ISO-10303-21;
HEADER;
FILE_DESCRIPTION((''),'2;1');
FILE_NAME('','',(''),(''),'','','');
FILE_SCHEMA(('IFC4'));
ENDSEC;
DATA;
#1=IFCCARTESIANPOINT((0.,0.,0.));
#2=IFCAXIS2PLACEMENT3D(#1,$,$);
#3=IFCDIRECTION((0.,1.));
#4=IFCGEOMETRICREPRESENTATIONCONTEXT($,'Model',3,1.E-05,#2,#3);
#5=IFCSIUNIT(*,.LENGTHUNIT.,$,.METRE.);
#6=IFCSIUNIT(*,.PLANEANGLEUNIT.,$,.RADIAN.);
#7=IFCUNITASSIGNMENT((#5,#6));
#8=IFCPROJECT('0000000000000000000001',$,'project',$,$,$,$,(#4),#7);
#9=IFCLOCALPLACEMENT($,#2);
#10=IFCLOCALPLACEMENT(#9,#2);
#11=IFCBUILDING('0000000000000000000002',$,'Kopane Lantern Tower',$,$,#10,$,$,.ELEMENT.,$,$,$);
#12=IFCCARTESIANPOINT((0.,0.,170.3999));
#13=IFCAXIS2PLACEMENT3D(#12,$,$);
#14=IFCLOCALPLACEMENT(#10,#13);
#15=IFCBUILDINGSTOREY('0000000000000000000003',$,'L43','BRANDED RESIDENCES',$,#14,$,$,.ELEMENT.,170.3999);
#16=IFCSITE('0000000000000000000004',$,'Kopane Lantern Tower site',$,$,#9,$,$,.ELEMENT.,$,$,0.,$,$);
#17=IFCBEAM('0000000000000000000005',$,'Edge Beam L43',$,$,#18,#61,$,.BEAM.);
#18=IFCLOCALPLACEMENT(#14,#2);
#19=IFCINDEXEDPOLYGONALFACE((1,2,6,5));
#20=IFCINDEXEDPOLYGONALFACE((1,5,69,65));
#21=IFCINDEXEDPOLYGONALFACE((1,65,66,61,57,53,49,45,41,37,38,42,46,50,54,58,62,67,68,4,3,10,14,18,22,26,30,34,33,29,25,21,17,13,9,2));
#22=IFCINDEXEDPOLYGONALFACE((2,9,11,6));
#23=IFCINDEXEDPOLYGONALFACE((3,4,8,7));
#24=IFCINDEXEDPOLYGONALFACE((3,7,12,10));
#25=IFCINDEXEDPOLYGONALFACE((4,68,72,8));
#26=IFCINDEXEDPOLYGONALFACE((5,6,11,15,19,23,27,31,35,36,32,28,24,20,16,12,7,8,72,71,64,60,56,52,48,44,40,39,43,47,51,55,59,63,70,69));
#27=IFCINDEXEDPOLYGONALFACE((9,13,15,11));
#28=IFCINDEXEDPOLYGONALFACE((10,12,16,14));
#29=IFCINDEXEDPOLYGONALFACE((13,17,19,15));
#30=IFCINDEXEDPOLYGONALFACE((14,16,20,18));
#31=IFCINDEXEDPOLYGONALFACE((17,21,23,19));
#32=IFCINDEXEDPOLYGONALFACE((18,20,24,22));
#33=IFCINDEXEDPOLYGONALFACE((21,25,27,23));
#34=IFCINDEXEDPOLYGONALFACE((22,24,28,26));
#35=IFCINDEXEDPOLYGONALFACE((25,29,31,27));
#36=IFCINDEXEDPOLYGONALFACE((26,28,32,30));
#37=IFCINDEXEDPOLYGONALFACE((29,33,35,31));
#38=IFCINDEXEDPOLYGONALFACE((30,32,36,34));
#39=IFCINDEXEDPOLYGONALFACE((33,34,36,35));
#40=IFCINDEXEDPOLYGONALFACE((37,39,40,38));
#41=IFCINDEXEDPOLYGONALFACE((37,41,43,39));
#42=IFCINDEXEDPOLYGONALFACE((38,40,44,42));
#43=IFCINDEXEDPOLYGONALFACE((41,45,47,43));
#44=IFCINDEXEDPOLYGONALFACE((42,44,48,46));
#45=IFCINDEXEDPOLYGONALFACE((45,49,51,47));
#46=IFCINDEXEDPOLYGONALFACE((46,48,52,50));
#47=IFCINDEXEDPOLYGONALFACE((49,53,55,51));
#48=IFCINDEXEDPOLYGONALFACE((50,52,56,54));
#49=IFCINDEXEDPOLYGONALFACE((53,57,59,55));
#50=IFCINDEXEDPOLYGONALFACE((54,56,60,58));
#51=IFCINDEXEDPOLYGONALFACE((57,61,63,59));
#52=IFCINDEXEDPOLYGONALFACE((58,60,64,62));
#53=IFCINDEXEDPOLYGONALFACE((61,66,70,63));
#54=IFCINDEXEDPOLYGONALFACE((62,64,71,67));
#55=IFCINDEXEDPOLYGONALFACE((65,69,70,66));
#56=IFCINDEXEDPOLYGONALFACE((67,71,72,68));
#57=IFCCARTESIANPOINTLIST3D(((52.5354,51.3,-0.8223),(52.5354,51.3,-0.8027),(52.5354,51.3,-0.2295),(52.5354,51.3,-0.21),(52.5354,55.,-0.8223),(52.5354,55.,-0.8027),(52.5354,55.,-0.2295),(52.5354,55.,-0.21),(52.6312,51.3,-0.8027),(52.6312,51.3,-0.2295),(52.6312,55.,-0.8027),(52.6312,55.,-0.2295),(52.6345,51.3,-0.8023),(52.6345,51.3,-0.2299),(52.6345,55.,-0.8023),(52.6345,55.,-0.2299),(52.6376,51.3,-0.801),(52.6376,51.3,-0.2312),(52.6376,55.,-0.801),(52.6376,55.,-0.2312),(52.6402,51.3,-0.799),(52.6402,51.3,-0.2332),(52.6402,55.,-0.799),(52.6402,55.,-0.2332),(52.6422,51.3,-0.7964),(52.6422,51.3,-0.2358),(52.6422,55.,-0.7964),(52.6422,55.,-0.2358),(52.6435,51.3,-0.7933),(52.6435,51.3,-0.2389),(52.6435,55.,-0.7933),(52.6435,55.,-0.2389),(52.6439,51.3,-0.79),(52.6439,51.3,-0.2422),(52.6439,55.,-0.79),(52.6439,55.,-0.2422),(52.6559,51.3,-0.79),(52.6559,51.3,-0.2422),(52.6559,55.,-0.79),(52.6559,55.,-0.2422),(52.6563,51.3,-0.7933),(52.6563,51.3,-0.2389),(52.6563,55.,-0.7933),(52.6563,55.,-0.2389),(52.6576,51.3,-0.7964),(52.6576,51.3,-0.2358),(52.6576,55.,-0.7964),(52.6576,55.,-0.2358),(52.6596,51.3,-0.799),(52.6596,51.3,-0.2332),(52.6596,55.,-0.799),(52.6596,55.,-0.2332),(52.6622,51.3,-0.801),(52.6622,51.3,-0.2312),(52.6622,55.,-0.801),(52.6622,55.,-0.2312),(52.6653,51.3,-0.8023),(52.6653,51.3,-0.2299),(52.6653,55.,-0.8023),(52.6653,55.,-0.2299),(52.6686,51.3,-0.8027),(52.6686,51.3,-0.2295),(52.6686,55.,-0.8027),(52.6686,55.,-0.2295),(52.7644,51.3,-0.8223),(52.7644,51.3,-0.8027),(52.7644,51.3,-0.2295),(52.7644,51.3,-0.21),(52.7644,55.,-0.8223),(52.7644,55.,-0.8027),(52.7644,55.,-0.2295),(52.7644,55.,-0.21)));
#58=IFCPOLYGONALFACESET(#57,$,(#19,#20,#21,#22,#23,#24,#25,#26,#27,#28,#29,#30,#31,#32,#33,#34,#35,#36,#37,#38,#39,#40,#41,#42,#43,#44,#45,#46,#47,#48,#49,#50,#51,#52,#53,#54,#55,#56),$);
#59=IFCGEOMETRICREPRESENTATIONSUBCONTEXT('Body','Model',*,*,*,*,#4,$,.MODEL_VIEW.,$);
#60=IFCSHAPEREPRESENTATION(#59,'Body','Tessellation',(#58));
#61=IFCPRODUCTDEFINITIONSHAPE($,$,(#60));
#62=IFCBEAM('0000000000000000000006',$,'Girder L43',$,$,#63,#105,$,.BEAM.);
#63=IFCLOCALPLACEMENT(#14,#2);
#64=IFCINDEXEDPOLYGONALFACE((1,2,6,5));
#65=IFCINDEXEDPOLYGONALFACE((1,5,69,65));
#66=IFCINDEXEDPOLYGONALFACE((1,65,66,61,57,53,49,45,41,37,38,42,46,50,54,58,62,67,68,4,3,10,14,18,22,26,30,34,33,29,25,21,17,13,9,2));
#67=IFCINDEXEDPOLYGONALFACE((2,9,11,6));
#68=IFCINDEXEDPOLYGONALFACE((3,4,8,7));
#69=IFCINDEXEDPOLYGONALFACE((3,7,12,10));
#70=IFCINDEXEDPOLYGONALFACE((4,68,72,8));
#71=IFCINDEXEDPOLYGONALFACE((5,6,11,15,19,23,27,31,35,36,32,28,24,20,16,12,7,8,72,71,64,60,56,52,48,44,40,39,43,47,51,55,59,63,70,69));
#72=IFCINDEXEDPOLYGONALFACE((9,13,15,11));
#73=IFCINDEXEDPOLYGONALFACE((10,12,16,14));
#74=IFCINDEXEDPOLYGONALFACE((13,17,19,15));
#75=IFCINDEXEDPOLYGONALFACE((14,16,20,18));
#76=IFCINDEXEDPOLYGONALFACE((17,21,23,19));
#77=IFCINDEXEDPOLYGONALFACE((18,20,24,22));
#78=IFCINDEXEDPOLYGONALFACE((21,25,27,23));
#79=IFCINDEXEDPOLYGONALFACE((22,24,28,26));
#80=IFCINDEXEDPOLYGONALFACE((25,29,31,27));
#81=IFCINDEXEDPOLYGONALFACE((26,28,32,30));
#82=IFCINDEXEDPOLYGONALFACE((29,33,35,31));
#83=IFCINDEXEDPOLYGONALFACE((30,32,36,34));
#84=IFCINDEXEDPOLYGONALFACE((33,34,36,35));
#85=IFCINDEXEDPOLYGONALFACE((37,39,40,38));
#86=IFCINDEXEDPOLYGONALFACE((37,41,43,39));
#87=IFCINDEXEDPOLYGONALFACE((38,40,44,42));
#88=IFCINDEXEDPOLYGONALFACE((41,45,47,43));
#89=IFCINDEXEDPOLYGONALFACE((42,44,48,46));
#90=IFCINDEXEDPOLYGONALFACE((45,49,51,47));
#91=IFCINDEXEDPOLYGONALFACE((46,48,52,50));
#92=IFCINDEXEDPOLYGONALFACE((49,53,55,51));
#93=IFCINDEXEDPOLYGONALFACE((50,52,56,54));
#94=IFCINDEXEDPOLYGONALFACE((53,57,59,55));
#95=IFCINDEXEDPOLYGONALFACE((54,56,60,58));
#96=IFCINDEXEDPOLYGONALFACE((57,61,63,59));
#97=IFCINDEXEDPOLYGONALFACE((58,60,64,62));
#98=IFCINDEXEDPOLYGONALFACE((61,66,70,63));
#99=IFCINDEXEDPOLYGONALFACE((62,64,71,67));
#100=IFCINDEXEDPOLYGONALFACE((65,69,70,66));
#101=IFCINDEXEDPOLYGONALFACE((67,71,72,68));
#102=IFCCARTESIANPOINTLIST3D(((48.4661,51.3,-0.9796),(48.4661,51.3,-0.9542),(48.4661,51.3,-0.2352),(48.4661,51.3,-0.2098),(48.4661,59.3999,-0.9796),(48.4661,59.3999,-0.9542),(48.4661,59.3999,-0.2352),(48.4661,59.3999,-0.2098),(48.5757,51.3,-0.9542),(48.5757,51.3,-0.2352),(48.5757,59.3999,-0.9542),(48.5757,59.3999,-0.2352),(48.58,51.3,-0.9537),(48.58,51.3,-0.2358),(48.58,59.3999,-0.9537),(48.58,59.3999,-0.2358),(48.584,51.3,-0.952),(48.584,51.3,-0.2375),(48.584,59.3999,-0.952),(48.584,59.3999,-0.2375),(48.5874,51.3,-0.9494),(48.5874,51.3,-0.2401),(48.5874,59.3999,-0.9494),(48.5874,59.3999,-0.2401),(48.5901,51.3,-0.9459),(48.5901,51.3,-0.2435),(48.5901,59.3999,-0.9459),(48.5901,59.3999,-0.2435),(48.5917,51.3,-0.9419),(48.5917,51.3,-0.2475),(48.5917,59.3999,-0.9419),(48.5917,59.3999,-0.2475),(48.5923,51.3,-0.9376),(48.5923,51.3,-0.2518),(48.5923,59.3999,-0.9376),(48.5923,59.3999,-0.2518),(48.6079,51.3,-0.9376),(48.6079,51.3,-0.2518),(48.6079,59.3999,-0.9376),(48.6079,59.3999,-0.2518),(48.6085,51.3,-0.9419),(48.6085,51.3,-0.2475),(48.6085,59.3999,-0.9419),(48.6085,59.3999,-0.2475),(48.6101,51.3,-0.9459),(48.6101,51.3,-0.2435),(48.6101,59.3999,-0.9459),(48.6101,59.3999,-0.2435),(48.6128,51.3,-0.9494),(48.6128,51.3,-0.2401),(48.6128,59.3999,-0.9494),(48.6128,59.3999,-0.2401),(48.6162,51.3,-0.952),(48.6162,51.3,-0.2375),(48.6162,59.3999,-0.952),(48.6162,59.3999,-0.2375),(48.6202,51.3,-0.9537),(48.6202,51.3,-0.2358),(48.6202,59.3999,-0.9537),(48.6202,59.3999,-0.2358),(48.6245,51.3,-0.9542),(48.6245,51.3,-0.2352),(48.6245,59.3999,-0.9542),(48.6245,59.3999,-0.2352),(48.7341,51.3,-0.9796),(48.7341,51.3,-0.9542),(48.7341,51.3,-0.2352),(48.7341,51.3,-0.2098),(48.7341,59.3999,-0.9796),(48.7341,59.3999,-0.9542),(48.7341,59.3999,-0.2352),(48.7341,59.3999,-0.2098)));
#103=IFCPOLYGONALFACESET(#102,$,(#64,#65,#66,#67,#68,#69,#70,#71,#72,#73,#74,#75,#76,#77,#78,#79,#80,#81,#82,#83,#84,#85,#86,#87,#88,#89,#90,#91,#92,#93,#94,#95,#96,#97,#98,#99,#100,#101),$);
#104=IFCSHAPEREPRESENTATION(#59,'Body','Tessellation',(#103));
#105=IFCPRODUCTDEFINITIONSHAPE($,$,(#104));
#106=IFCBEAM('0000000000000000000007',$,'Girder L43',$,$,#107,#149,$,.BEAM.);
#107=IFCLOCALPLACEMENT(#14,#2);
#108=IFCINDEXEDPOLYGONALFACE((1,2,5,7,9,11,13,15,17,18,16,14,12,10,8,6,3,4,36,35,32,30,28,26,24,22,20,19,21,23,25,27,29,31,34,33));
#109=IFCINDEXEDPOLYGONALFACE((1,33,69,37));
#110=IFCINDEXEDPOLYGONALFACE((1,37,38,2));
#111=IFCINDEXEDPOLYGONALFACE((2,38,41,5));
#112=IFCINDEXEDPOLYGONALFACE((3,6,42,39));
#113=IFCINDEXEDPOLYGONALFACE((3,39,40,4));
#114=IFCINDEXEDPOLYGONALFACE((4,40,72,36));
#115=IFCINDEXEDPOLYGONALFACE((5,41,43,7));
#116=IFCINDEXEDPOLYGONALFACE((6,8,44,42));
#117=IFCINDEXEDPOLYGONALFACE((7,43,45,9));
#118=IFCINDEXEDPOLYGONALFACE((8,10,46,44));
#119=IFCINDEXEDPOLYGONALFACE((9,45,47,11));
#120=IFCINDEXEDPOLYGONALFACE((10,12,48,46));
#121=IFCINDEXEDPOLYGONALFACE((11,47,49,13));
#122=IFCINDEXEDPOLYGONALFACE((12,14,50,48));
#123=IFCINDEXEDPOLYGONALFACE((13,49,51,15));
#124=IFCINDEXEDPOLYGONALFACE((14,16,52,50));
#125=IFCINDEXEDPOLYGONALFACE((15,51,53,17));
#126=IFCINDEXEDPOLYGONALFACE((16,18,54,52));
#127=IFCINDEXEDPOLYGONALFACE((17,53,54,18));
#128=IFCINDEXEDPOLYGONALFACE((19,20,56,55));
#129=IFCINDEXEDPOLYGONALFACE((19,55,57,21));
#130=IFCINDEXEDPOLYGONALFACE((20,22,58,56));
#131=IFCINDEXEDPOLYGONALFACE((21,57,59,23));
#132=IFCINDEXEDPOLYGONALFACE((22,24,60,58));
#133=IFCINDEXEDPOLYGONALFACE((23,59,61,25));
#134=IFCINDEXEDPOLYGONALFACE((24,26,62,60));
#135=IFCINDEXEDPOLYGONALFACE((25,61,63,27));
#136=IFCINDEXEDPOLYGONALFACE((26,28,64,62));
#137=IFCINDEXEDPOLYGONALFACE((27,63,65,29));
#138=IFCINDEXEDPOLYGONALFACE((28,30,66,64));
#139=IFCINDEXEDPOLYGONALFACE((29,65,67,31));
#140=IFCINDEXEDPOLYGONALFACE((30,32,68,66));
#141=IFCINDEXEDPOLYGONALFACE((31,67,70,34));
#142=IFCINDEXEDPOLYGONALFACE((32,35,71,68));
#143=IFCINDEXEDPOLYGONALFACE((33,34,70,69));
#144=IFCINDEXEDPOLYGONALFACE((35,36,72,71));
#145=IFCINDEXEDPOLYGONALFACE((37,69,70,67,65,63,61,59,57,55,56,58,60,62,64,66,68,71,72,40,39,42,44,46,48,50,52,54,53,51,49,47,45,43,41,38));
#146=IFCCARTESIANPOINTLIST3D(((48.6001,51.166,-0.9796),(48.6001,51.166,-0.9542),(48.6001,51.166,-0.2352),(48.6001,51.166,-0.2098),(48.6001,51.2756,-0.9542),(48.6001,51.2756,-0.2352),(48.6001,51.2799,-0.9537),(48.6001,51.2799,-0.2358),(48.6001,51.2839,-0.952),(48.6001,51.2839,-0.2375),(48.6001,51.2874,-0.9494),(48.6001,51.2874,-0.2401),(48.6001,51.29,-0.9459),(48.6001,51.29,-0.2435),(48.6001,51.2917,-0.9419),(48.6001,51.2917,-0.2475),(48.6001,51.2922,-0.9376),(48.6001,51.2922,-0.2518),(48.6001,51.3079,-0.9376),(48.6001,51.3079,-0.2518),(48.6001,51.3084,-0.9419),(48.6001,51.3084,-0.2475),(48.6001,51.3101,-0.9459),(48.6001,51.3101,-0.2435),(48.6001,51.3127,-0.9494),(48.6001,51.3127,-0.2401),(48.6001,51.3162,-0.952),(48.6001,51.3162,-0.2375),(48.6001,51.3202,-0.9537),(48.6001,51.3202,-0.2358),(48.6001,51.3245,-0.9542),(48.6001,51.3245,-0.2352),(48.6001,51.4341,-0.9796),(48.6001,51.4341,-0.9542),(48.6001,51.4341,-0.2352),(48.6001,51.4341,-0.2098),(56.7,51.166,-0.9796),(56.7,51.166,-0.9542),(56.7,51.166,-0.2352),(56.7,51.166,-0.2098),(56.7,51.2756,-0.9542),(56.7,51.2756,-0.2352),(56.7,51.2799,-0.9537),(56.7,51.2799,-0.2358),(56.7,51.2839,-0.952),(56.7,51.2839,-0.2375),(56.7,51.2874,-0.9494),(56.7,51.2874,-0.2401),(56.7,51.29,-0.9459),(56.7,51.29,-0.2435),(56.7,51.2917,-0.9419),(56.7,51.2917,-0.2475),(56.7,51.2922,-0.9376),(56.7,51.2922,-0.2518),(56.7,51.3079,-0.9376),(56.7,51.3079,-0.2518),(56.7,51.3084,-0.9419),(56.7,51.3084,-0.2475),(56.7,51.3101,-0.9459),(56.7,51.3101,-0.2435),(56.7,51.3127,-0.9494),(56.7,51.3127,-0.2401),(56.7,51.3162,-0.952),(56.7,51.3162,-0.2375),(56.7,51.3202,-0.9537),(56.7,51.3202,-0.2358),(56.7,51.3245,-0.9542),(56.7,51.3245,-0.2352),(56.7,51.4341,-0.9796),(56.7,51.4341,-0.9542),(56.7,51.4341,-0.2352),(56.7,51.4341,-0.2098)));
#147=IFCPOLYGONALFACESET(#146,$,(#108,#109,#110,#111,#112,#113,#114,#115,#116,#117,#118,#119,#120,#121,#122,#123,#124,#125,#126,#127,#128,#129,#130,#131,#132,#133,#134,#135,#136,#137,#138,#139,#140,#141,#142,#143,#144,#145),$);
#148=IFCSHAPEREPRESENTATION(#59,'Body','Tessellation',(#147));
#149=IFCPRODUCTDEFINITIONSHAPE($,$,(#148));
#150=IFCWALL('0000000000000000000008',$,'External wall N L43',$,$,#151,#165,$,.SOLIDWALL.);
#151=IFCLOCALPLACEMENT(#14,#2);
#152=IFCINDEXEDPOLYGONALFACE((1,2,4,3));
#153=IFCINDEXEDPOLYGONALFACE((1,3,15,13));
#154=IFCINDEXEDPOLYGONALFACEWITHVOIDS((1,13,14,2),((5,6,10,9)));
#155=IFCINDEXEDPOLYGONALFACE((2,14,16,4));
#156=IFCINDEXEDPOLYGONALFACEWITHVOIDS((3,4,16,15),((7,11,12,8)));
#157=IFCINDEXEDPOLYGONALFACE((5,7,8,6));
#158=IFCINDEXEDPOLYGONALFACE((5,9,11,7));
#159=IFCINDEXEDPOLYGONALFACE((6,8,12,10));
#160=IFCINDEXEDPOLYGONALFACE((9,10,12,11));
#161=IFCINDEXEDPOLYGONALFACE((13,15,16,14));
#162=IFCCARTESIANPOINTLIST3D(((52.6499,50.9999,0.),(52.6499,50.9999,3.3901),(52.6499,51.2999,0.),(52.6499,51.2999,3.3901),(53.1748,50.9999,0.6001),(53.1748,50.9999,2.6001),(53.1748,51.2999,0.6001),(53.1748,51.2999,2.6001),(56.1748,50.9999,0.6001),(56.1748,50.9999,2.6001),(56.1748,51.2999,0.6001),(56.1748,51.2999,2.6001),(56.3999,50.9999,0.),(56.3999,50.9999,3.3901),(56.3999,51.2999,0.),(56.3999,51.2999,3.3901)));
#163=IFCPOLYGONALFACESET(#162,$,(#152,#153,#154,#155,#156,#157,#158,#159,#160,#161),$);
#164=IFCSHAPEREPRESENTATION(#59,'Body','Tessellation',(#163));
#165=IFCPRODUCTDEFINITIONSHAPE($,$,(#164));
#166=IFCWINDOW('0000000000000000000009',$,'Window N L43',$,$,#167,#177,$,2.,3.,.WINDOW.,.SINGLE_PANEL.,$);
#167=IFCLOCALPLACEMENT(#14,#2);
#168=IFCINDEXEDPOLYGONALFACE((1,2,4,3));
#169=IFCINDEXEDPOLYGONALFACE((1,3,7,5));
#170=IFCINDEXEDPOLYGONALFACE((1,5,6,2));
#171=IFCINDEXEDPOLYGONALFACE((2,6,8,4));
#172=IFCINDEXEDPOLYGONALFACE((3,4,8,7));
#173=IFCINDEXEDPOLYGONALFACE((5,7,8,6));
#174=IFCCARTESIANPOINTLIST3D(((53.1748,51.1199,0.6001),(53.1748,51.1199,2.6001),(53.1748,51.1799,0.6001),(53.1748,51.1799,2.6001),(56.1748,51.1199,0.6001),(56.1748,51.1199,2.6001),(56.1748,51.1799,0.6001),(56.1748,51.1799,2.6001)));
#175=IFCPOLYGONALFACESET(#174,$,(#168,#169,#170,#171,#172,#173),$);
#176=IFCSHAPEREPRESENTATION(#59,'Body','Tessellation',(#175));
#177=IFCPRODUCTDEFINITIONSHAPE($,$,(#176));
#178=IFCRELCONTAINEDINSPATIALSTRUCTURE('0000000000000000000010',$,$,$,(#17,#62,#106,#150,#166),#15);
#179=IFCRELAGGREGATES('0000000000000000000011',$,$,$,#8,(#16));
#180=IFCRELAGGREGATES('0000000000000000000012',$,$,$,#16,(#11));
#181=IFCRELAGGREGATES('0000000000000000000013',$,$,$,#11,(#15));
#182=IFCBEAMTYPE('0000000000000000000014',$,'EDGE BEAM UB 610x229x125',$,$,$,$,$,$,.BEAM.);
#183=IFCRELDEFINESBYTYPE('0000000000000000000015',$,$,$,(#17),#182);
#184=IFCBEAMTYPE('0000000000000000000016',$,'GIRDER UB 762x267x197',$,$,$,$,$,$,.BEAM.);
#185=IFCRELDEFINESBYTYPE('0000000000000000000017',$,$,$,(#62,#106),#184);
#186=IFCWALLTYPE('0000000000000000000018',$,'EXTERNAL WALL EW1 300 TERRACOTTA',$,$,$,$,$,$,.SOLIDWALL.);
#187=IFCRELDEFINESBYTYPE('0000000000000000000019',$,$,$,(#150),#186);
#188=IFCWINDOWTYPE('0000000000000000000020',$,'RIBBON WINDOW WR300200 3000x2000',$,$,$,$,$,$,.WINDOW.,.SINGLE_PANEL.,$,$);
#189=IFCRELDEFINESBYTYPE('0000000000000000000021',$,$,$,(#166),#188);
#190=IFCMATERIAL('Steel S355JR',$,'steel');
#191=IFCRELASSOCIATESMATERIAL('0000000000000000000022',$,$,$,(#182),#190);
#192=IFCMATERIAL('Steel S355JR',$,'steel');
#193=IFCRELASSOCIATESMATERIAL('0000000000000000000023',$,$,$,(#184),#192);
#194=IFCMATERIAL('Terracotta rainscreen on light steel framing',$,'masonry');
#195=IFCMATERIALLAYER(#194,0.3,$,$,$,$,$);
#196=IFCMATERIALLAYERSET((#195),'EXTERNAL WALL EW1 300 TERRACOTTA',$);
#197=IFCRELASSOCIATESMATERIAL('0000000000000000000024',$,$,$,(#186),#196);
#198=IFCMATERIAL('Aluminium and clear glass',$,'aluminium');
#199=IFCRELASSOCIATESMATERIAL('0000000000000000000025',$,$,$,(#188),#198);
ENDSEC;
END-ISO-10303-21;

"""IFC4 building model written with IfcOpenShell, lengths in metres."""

from ifc_helpers import new_model, si_unit, direction, frame, frame_2d, origin, origin_2d, place, context, subcontext, project, spatial, rectangle, i_section, extrude, material, layer, layer_set, material_profile, profile_set, type_object, element, fill, save


model = new_model("IFC4")

# Units and contexts
model_context = context("Model", 3, precision=1e-05, world=origin(), true_north=direction((0.0, 1.0)))
body_context = subcontext(model_context, "Body", "Model", "MODEL_VIEW")
ifc_project = project(units=[si_unit("LENGTHUNIT", "METRE"), si_unit("PLANEANGLEUNIT", "RADIAN")], contexts=[model_context])

# Site, building, storey
site_placement = place(None, origin())
site = spatial("IfcSite", under=ifc_project, at=site_placement, Name="Kopane Lantern Tower site", CompositionType="ELEMENT", RefElevation=0.0)
building_placement = place(site_placement, origin())
building = spatial("IfcBuilding", under=site, at=building_placement, Name="Kopane Lantern Tower", CompositionType="ELEMENT")
storey_placement = place(building_placement, frame((0.0, 0.0, 170.3999)))
storey = spatial("IfcBuildingStorey", under=building, at=storey_placement, Name="L43", Description="BRANDED RESIDENCES", CompositionType="ELEMENT", Elevation=170.3999)

# Beams
ifc_material_1 = material(Name="Steel S355JR", Category="steel")
ifc_material_profile_1 = material_profile(ifc_material_1, i_section(OverallWidth=0.229, OverallDepth=0.6123, WebThickness=0.012, FlangeThickness=0.0195, FilletRadius=0.0127, at=origin_2d()), Name="UB 610x229x125")
ifc_profile_set_1 = profile_set([ifc_material_profile_1], Name="Steel S355JR")
beam_type_1 = type_object("IfcBeamType", Name="EDGE BEAM UB 610x229x125", PredefinedType="BEAM", material=ifc_profile_set_1)
for number, where, z_axis, x_axis, name in (
    (1, (52.6499, 55.0, -0.5161), (0.0, -1.0, 0.0), (1.0, 0.0, 0.0), "Edge Beam L43"),
):
    element("IfcBeam", number, at=place(storey_placement, frame(where, z_axis=z_axis, x_axis=x_axis)), inside=storey, type_object=beam_type_1, Name=name, PredefinedType="BEAM", context=body_context, shape_type="SweptSolid", body=[
        extrude(i_section(OverallWidth=0.229, OverallDepth=0.6123, WebThickness=0.012, FlangeThickness=0.0195, FilletRadius=0.0127, at=origin_2d()), origin(), (0.0, 0.0, 1.0), 3.7),
    ])
ifc_material_2 = material(Name="Steel S355JR", Category="steel")
ifc_material_profile_2 = material_profile(ifc_material_2, i_section(OverallWidth=0.2681, OverallDepth=0.7698, WebThickness=0.0156, FlangeThickness=0.0254, FilletRadius=0.0166, at=origin_2d()), Name="UB 762x267x197")
ifc_profile_set_2 = profile_set([ifc_material_profile_2], Name="Steel S355JR")
beam_type_2 = type_object("IfcBeamType", Name="GIRDER UB 762x267x197", PredefinedType="BEAM", material=ifc_profile_set_2)
for number, where, z_axis, x_axis, name in (
    (2, (48.6001, 51.3, -0.5947), (0.0, 1.0, 0.0), (-1.0, 0.0, 0.0), "Girder L43"),
    (3, (48.6001, 51.3, -0.5947), (1.0, 0.0, 0.0), (0.0, 1.0, 0.0), "Girder L43"),
):
    element("IfcBeam", number, at=place(storey_placement, frame(where, z_axis=z_axis, x_axis=x_axis)), inside=storey, type_object=beam_type_2, Name=name, PredefinedType="BEAM", context=body_context, shape_type="SweptSolid", body=[
        extrude(i_section(OverallWidth=0.2681, OverallDepth=0.7698, WebThickness=0.0156, FlangeThickness=0.0254, FilletRadius=0.0166, at=origin_2d()), origin(), (0.0, 0.0, 1.0), 8.0999),
    ])

# Wall, opening, window
ifc_material_3 = material(Name="Terracotta rainscreen on light steel framing", Category="masonry")
ifc_layer = layer(ifc_material_3, 0.3)
ifc_layer_set = layer_set([ifc_layer], Name="EXTERNAL WALL EW1 300 TERRACOTTA")
wall_type = type_object("IfcWallType", Name="EXTERNAL WALL EW1 300 TERRACOTTA", PredefinedType="SOLIDWALL", material=ifc_layer_set)
wall_1_placement = place(storey_placement, frame((56.3999, 51.1499, 0.0), z_axis=(0.0, 0.0, 1.0), x_axis=(-1.0, 0.0, 0.0)))
wall_1 = element("IfcWall", 4, at=wall_1_placement, inside=storey, type_object=wall_type, Name="External wall N L43", PredefinedType="SOLIDWALL", context=body_context, shape_type="SweptSolid", body=[
    extrude(rectangle(XDim=3.75, YDim=0.3, at=frame_2d((1.875, 0.0))), origin(), (0.0, 0.0, 1.0), 3.3901),
])
opening_1_placement = place(wall_1_placement, frame((0.2251, 0.0, 0.6001)))
opening_1 = element("IfcOpeningElement", 5, at=opening_1_placement, cuts=wall_1, PredefinedType="OPENING", context=body_context, shape_type="SweptSolid", body=[
    extrude(rectangle(XDim=3.0, YDim=2.0, at=frame_2d((1.5, 1.0))), frame((0.0, 0.1599, 0.0), z_axis=(0.0, -1.0, 0.0), x_axis=(1.0, 0.0, 0.0)), (0.0, 0.0, 1.0), 0.3201),
])
ifc_material_4 = material(Name="Aluminium and clear glass", Category="aluminium")
window_type = type_object("IfcWindowType", Name="RIBBON WINDOW WR300200 3000x2000", PartitioningType="SINGLE_PANEL", PredefinedType="WINDOW", material=ifc_material_4)
window_1_placement = place(opening_1_placement, origin())
window_1 = element("IfcWindow", 6, at=window_1_placement, inside=storey, type_object=window_type, Name="Window N L43", OverallHeight=2.0, OverallWidth=3.0, PartitioningType="SINGLE_PANEL", PredefinedType="WINDOW", context=body_context, shape_type="SweptSolid", body=[
    extrude(rectangle(XDim=3.0, YDim=2.0, at=frame_2d((1.5, 1.0))), frame((0.0, 0.03, 0.0), z_axis=(0.0, -1.0, 0.0), x_axis=(1.0, 0.0, 0.0)), (0.0, 0.0, 1.0), 0.0601),
])
fill(opening_1, window_1)

save(model, "model.ifc")
